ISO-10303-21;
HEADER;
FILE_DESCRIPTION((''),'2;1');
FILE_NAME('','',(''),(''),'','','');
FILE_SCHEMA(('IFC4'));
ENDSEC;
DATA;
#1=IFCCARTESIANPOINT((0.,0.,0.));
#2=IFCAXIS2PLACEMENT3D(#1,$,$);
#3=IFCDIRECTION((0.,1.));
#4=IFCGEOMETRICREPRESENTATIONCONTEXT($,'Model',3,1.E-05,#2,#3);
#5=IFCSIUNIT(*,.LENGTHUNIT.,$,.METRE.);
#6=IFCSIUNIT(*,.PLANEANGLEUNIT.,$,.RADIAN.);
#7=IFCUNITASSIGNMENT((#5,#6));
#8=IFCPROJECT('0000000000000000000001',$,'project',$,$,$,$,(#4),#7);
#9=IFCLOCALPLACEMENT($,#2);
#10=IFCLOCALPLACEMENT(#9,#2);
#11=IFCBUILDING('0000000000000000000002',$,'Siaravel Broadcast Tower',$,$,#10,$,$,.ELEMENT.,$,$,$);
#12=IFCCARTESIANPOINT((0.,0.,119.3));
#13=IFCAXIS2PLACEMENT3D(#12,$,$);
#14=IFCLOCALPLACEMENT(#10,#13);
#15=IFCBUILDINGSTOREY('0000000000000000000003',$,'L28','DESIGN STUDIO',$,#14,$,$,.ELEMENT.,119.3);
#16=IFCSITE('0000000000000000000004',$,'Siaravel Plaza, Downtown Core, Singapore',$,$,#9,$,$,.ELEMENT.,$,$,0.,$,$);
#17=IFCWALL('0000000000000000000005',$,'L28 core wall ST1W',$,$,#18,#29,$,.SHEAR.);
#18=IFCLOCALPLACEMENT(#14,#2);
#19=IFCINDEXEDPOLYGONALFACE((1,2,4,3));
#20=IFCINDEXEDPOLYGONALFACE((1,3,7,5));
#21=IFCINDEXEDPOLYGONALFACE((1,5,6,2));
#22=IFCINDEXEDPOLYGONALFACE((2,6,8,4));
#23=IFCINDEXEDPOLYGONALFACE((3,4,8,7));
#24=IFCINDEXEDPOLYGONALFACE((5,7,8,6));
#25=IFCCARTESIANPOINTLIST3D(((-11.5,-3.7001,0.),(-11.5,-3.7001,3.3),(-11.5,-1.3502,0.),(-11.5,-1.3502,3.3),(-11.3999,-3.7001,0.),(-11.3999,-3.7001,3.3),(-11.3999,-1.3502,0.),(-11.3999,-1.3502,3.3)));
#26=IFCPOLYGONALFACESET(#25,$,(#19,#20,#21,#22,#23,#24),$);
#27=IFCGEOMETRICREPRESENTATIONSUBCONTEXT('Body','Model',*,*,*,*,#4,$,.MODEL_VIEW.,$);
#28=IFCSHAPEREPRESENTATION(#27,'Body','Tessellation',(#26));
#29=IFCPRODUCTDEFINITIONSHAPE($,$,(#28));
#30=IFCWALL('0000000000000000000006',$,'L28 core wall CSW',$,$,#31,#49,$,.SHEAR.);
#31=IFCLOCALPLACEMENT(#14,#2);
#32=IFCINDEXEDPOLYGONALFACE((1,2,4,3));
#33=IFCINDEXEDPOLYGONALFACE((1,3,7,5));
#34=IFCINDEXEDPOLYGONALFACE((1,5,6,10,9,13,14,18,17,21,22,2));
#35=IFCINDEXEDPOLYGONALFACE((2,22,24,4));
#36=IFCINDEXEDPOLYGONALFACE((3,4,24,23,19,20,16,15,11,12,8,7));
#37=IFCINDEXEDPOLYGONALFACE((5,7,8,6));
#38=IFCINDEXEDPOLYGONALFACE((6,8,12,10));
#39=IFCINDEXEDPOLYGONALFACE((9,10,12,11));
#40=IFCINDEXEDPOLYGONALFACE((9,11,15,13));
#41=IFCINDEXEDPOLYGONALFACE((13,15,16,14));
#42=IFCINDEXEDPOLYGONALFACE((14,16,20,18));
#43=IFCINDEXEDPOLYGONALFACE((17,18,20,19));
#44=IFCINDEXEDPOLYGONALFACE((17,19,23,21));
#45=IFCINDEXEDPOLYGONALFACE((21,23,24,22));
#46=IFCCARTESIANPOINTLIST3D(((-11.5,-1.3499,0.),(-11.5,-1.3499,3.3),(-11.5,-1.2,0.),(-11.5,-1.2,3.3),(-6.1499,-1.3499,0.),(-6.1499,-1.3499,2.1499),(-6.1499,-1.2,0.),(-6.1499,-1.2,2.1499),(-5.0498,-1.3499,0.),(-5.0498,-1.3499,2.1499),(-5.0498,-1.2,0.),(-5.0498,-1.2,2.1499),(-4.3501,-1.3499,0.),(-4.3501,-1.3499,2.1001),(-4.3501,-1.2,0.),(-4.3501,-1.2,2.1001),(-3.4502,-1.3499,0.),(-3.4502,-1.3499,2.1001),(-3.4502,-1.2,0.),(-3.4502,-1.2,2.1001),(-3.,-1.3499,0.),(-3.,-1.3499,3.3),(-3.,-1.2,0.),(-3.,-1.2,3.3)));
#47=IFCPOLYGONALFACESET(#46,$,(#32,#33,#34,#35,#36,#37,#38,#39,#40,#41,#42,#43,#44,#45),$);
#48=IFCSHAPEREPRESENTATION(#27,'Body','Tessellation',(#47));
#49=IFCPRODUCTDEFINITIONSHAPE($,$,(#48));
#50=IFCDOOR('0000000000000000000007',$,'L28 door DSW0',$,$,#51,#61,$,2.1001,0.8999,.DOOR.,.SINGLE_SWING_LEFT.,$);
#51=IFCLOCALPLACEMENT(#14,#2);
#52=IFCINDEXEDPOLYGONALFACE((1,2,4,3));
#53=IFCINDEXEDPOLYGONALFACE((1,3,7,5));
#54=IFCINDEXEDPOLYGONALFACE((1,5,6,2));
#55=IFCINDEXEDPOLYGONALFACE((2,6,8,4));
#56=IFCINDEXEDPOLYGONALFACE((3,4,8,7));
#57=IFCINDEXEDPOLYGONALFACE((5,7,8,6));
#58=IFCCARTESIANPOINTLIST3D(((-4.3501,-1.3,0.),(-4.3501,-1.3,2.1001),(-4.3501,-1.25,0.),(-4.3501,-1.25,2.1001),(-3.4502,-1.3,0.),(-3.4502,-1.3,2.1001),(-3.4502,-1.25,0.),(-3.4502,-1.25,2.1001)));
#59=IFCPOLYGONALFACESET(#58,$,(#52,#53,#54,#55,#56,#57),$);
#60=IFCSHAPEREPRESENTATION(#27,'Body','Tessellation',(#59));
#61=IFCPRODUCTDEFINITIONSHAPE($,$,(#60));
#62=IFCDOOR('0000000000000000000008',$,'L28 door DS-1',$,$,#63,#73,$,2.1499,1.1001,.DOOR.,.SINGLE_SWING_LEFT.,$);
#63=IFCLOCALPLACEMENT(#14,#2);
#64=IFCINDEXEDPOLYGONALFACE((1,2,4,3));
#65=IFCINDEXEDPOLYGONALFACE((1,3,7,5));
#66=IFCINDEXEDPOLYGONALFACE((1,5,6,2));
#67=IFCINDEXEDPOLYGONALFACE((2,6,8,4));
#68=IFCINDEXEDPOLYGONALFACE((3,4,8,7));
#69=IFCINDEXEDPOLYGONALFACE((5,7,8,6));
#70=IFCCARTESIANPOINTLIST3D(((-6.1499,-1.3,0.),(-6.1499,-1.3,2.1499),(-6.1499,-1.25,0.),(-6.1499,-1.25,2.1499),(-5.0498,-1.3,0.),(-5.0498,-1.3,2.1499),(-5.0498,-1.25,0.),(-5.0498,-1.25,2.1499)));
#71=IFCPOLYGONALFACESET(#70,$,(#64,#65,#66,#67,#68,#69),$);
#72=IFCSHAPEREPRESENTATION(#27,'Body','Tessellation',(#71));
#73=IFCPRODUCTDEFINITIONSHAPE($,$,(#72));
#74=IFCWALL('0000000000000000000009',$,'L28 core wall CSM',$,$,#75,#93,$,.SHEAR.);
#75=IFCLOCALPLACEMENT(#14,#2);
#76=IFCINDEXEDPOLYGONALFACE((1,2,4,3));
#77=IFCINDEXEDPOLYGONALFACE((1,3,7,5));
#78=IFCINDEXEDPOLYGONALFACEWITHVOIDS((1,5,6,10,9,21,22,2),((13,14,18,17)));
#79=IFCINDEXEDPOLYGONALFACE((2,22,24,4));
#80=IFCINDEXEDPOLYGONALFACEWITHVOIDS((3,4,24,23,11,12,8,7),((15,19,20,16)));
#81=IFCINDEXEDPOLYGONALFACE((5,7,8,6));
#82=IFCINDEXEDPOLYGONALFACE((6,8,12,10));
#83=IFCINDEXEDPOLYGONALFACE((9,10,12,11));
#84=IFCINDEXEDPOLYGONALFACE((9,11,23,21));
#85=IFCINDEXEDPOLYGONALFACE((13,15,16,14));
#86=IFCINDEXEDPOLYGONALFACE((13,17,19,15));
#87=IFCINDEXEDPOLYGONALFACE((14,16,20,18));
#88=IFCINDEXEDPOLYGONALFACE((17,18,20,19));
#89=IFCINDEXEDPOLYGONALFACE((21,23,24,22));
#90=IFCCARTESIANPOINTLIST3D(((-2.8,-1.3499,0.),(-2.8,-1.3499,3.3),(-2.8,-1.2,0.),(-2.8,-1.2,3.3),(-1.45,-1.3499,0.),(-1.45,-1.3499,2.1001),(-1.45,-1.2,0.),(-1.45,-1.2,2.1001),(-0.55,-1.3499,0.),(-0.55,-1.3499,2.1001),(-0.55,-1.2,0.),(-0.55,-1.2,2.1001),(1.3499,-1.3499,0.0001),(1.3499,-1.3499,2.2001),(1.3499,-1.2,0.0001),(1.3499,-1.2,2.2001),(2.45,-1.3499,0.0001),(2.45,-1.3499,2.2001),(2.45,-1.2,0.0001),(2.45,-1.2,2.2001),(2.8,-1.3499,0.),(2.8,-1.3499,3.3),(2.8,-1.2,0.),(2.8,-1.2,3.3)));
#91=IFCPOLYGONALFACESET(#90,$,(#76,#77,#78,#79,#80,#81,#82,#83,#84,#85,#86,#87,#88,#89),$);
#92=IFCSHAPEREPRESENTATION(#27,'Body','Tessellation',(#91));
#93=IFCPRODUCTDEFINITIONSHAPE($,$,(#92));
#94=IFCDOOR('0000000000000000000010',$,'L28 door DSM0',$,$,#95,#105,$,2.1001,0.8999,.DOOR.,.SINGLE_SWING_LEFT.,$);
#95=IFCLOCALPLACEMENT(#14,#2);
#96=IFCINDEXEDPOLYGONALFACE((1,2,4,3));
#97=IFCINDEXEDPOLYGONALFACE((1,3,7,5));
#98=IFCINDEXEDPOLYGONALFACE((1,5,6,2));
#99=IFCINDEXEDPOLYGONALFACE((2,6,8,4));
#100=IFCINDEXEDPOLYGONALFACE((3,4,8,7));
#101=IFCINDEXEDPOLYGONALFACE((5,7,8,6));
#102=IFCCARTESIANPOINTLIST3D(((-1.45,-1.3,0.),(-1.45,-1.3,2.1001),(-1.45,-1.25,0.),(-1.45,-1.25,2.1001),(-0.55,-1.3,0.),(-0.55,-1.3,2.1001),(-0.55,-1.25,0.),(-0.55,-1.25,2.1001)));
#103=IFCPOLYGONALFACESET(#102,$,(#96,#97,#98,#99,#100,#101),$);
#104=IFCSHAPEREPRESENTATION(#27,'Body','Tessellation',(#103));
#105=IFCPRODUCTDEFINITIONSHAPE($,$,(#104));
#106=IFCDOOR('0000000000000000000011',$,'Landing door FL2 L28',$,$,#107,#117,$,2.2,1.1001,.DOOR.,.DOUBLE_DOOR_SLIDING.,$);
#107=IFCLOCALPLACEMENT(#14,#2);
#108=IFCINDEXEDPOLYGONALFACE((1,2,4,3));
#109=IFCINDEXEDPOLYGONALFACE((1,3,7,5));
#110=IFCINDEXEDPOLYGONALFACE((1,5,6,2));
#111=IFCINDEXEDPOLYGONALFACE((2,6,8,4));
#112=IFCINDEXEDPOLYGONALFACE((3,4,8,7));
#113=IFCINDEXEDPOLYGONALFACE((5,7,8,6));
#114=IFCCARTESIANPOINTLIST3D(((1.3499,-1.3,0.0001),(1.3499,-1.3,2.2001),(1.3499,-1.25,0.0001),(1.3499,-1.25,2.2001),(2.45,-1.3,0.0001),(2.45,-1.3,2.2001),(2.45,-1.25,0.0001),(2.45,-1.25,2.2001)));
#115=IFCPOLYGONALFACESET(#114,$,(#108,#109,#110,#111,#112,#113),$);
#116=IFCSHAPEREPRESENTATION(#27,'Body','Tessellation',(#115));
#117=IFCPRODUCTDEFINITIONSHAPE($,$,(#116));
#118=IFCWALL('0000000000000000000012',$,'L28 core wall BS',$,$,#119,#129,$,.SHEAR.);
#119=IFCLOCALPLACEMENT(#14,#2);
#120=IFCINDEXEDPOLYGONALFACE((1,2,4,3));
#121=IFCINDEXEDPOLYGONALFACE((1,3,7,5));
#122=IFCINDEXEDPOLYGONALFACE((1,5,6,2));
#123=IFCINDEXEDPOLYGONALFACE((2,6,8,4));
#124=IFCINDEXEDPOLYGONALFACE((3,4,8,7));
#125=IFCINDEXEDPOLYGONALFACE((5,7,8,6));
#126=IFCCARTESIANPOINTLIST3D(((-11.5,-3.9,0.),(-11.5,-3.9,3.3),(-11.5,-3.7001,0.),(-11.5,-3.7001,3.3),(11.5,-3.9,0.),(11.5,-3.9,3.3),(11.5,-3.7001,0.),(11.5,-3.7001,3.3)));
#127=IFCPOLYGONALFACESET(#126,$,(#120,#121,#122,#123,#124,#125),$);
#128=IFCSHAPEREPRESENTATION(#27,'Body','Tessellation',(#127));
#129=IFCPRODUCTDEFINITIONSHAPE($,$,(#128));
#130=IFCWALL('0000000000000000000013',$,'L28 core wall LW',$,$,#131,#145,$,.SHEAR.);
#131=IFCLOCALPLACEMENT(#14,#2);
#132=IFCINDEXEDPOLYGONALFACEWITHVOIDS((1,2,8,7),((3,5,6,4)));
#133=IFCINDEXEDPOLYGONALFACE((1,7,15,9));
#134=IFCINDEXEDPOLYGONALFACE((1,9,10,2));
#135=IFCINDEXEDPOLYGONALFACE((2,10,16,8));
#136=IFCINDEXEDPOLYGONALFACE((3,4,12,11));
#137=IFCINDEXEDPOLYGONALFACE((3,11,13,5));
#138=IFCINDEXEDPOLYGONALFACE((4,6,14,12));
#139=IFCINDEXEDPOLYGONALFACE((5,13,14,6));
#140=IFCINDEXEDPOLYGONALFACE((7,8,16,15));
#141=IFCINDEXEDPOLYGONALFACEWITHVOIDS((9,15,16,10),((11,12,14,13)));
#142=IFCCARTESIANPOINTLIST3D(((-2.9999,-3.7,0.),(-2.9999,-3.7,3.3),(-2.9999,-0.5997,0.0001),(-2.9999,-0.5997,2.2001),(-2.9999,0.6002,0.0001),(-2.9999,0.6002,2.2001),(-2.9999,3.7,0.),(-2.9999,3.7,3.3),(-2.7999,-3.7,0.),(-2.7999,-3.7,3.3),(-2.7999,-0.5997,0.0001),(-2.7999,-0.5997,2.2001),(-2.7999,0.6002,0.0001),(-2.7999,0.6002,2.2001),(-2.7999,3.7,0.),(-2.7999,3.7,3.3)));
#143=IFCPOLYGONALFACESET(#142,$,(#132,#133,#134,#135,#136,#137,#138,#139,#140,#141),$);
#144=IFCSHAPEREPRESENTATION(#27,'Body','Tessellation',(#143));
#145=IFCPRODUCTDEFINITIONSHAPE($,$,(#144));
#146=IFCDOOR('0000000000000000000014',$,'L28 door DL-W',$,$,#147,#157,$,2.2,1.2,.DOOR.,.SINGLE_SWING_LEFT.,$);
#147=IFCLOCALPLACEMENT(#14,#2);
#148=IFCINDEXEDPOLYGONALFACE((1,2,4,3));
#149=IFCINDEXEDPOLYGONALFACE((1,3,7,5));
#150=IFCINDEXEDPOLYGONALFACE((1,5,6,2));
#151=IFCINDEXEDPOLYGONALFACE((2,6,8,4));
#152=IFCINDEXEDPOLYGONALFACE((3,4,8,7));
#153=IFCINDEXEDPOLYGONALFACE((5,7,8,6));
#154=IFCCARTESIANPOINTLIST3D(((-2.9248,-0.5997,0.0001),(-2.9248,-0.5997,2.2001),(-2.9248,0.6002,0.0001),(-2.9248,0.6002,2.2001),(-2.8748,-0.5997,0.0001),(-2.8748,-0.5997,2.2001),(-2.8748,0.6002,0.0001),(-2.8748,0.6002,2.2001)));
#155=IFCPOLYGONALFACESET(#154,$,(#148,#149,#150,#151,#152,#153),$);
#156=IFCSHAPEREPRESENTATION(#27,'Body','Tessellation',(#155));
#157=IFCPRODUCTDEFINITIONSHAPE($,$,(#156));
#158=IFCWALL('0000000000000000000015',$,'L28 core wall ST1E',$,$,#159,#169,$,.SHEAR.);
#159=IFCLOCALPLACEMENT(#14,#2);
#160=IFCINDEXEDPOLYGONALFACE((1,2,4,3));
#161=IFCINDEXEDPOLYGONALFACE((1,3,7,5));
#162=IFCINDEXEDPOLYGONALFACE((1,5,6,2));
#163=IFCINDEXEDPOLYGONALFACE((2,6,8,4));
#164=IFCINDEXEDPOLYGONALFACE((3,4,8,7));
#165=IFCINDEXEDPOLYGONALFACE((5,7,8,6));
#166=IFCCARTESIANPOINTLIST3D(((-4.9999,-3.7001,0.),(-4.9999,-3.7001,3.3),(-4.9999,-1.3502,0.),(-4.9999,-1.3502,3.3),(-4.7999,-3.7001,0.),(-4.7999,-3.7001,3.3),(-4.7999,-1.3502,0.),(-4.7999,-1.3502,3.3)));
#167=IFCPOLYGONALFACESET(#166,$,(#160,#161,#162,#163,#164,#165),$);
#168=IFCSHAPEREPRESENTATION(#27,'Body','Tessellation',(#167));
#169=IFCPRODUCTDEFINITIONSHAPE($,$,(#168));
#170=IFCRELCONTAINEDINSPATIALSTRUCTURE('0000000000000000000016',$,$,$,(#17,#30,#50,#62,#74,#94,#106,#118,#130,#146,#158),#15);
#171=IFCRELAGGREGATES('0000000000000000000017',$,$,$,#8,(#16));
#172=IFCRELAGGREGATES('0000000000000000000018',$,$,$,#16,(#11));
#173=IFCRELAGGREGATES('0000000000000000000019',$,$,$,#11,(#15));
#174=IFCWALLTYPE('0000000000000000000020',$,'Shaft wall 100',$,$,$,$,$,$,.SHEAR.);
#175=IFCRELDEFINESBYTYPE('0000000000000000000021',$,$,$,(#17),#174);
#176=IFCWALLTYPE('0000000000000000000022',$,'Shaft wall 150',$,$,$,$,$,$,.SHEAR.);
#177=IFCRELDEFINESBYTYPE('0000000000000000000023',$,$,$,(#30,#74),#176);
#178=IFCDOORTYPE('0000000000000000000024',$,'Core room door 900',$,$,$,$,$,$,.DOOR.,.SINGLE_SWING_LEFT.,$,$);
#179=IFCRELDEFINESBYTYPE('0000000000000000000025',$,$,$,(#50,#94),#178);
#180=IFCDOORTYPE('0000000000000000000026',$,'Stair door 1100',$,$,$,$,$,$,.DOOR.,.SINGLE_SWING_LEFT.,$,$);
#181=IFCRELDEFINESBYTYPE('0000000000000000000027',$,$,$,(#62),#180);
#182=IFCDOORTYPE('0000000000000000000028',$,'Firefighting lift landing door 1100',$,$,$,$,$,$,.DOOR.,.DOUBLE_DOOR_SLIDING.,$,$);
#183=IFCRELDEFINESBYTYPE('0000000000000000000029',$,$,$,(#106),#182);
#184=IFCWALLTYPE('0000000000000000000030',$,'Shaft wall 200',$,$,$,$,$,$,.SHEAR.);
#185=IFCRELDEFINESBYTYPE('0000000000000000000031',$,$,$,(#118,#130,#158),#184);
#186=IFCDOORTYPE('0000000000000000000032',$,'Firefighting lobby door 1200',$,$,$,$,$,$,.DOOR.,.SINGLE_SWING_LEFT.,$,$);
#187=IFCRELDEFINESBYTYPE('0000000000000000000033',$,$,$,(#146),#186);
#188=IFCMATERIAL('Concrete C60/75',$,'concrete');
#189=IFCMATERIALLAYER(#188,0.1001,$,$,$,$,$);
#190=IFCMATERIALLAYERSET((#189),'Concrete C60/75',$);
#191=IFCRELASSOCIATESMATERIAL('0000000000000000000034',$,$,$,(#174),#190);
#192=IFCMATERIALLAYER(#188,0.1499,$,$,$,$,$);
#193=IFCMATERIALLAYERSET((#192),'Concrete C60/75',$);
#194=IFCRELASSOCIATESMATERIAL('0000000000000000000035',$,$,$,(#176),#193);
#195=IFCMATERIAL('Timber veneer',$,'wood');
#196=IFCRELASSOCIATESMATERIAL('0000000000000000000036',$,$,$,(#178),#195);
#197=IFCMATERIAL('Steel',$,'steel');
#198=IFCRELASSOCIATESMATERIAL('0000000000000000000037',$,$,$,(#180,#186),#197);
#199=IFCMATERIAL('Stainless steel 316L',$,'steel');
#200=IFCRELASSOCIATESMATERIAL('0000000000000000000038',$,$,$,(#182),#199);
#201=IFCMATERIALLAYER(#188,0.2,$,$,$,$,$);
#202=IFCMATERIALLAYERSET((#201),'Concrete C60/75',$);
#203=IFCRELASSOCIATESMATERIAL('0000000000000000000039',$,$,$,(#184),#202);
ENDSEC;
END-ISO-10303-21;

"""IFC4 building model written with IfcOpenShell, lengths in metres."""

from ifc_helpers import new_model, si_unit, direction, frame, frame_2d, origin, place, context, subcontext, project, spatial, rectangle, extrude, material, layer, layer_set, type_object, element, fill, save


model = new_model("IFC4")

# Units and contexts
model_context = context("Model", 3, precision=1e-05, world=origin(), true_north=direction((0.0, 1.0)))
body_context = subcontext(model_context, "Body", "Model", "MODEL_VIEW")
ifc_project = project(units=[si_unit("LENGTHUNIT", "METRE"), si_unit("PLANEANGLEUNIT", "RADIAN")], contexts=[model_context])

# Site, building, storey
site_placement = place(None, origin())
site = spatial("IfcSite", under=ifc_project, at=site_placement, Name="Siaravel Plaza, Downtown Core, Singapore", CompositionType="ELEMENT", RefElevation=0.0)
building_placement = place(site_placement, origin())
building = spatial("IfcBuilding", under=site, at=building_placement, Name="Siaravel Broadcast Tower", CompositionType="ELEMENT")
storey_placement = place(building_placement, frame((0.0, 0.0, 119.3)))
storey = spatial("IfcBuildingStorey", under=building, at=storey_placement, Name="L28", Description="DESIGN STUDIO", CompositionType="ELEMENT", Elevation=119.3)

# Wall
ifc_material_1 = material(Name="Concrete C60/75", Category="concrete")
ifc_layer_1 = layer(ifc_material_1, 0.1001)
ifc_layer_set_1 = layer_set([ifc_layer_1], Name="Concrete C60/75")
wall_type_1 = type_object("IfcWallType", Name="Shaft wall 100", PredefinedType="SHEAR", material=ifc_layer_set_1)
wall_1_placement = place(storey_placement, frame((-11.45, -3.7, 0.0), z_axis=(0.0, 0.0, 1.0), x_axis=(0.0, 1.0, 0.0)))
element("IfcWall", 1, at=wall_1_placement, inside=storey, type_object=wall_type_1, Name="L28 core wall ST1W", PredefinedType="SHEAR", context=body_context, shape_type="SweptSolid", body=[
    extrude(rectangle(XDim=2.3499, YDim=0.1001, at=frame_2d((1.1748, 0.0))), origin(), (0.0, 0.0, 1.0), 3.3),
])

# Walls, openings, doors
ifc_layer_2 = layer(ifc_material_1, 0.1499)
ifc_layer_set_2 = layer_set([ifc_layer_2], Name="Concrete C60/75")
wall_type_2 = type_object("IfcWallType", Name="Shaft wall 150", PredefinedType="SHEAR", material=ifc_layer_set_2)
wall_2_placement = place(storey_placement, frame((-11.5, -1.2749, 0.0), z_axis=(0.0, 0.0, 1.0), x_axis=(1.0, 0.0, 0.0)))
wall_2 = element("IfcWall", 2, at=wall_2_placement, inside=storey, type_object=wall_type_2, Name="L28 core wall CSW", PredefinedType="SHEAR", context=body_context, shape_type="SweptSolid", body=[
    extrude(rectangle(XDim=8.5, YDim=0.1499, at=frame_2d((4.25, 0.0))), origin(), (0.0, 0.0, 1.0), 3.3),
])
opening_1_placement = place(wall_2_placement, frame((5.3501, 0.0, 0.0)))
opening_1 = element("IfcOpeningElement", 3, at=opening_1_placement, cuts=wall_2, PredefinedType="OPENING", context=body_context, shape_type="SweptSolid", body=[
    extrude(rectangle(XDim=1.1001, YDim=2.1499, at=frame_2d((0.55, 1.075))), frame((0.0, 0.085, 0.0), z_axis=(0.0, -1.0, 0.0), x_axis=(1.0, 0.0, 0.0)), (0.0, 0.0, 1.0), 0.1699),
])
opening_2_placement = place(wall_2_placement, frame((7.1499, 0.0, 0.0)))
opening_2 = element("IfcOpeningElement", 4, at=opening_2_placement, cuts=wall_2, PredefinedType="OPENING", context=body_context, shape_type="SweptSolid", body=[
    extrude(rectangle(XDim=0.8999, YDim=2.1001, at=frame_2d((0.45, 1.05))), frame((0.0, 0.085, 0.0), z_axis=(0.0, -1.0, 0.0), x_axis=(1.0, 0.0, 0.0)), (0.0, 0.0, 1.0), 0.1699),
])
ifc_material_2 = material(Name="Timber veneer", Category="wood")
door_type_1 = type_object("IfcDoorType", Name="Core room door 900", OperationType="SINGLE_SWING_LEFT", PredefinedType="DOOR", material=ifc_material_2)
door_1_placement = place(opening_2_placement, origin())
door_1 = element("IfcDoor", 5, at=door_1_placement, inside=storey, type_object=door_type_1, Name="L28 door DSW0", OperationType="SINGLE_SWING_LEFT", OverallHeight=2.1001, OverallWidth=0.8999, PredefinedType="DOOR", context=body_context, shape_type="SweptSolid", body=[
    extrude(rectangle(XDim=0.8999, YDim=2.1001, at=frame_2d((0.45, 1.05))), frame((0.0, 0.0249, 0.0), z_axis=(0.0, -1.0, 0.0), x_axis=(1.0, 0.0, 0.0)), (0.0, 0.0, 1.0), 0.05),
])
fill(opening_2, door_1)
ifc_material_3 = material(Name="Steel", Category="steel")
door_type_2 = type_object("IfcDoorType", Name="Stair door 1100", OperationType="SINGLE_SWING_LEFT", PredefinedType="DOOR", material=ifc_material_3)
door_2_placement = place(opening_1_placement, origin())
door_2 = element("IfcDoor", 6, at=door_2_placement, inside=storey, type_object=door_type_2, Name="L28 door DS-1", OperationType="SINGLE_SWING_LEFT", OverallHeight=2.1499, OverallWidth=1.1001, PredefinedType="DOOR", context=body_context, shape_type="SweptSolid", body=[
    extrude(rectangle(XDim=1.1001, YDim=2.1499, at=frame_2d((0.55, 1.075))), frame((0.0, 0.0249, 0.0), z_axis=(0.0, -1.0, 0.0), x_axis=(1.0, 0.0, 0.0)), (0.0, 0.0, 1.0), 0.05),
])
fill(opening_1, door_2)
wall_3_placement = place(storey_placement, frame((-2.8, -1.2749, 0.0), z_axis=(0.0, 0.0, 1.0), x_axis=(1.0, 0.0, 0.0)))
wall_3 = element("IfcWall", 7, at=wall_3_placement, inside=storey, type_object=wall_type_2, Name="L28 core wall CSM", PredefinedType="SHEAR", context=body_context, shape_type="SweptSolid", body=[
    extrude(rectangle(XDim=5.6001, YDim=0.1499, at=frame_2d((2.8, 0.0))), origin(), (0.0, 0.0, 1.0), 3.3),
])
opening_3_placement = place(wall_3_placement, frame((4.1499, 0.0, 0.0)))
opening_3 = element("IfcOpeningElement", 8, at=opening_3_placement, cuts=wall_3, PredefinedType="OPENING", context=body_context, shape_type="SweptSolid", body=[
    extrude(rectangle(XDim=1.1001, YDim=2.2, at=frame_2d((0.55, 1.1001))), frame((0.0, 0.085, 0.0), z_axis=(0.0, -1.0, 0.0), x_axis=(1.0, 0.0, 0.0)), (0.0, 0.0, 1.0), 0.1699),
])
opening_4_placement = place(wall_3_placement, frame((1.3501, 0.0, 0.0)))
opening_4 = element("IfcOpeningElement", 9, at=opening_4_placement, cuts=wall_3, PredefinedType="OPENING", context=body_context, shape_type="SweptSolid", body=[
    extrude(rectangle(XDim=0.8999, YDim=2.1001, at=frame_2d((0.45, 1.05))), frame((0.0, 0.085, 0.0), z_axis=(0.0, -1.0, 0.0), x_axis=(1.0, 0.0, 0.0)), (0.0, 0.0, 1.0), 0.1699),
])
door_3_placement = place(opening_4_placement, origin())
door_3 = element("IfcDoor", 10, at=door_3_placement, inside=storey, type_object=door_type_1, Name="L28 door DSM0", OperationType="SINGLE_SWING_LEFT", OverallHeight=2.1001, OverallWidth=0.8999, PredefinedType="DOOR", context=body_context, shape_type="SweptSolid", body=[
    extrude(rectangle(XDim=0.8999, YDim=2.1001, at=frame_2d((0.45, 1.05))), frame((0.0, 0.0249, 0.0), z_axis=(0.0, -1.0, 0.0), x_axis=(1.0, 0.0, 0.0)), (0.0, 0.0, 1.0), 0.05),
])
fill(opening_4, door_3)
ifc_material_4 = material(Name="Stainless steel 316L", Category="steel")
door_type_3 = type_object("IfcDoorType", Name="Firefighting lift landing door 1100", OperationType="DOUBLE_DOOR_SLIDING", PredefinedType="DOOR", material=ifc_material_4)
door_4_placement = place(opening_3_placement, origin())
door_4 = element("IfcDoor", 11, at=door_4_placement, inside=storey, type_object=door_type_3, Name="Landing door FL2 L28", OperationType="DOUBLE_DOOR_SLIDING", OverallHeight=2.2, OverallWidth=1.1001, PredefinedType="DOOR", context=body_context, shape_type="SweptSolid", body=[
    extrude(rectangle(XDim=1.1001, YDim=2.2, at=frame_2d((0.55, 1.1001))), frame((0.0, 0.0249, 0.0), z_axis=(0.0, -1.0, 0.0), x_axis=(1.0, 0.0, 0.0)), (0.0, 0.0, 1.0), 0.05),
])
fill(opening_3, door_4)

# Wall
ifc_layer_3 = layer(ifc_material_1, 0.2)
ifc_layer_set_3 = layer_set([ifc_layer_3], Name="Concrete C60/75")
wall_type_3 = type_object("IfcWallType", Name="Shaft wall 200", PredefinedType="SHEAR", material=ifc_layer_set_3)
wall_4_placement = place(storey_placement, frame((-11.5, -3.8, 0.0), z_axis=(0.0, 0.0, 1.0), x_axis=(1.0, 0.0, 0.0)))
element("IfcWall", 12, at=wall_4_placement, inside=storey, type_object=wall_type_3, Name="L28 core wall BS", PredefinedType="SHEAR", context=body_context, shape_type="SweptSolid", body=[
    extrude(rectangle(XDim=23.0, YDim=0.2, at=frame_2d((11.5, 0.0))), origin(), (0.0, 0.0, 1.0), 3.3),
])

# Wall, opening, door
wall_5_placement = place(storey_placement, frame((-2.8999, -3.7, 0.0), z_axis=(0.0, 0.0, 1.0), x_axis=(0.0, 1.0, 0.0)))
wall_5 = element("IfcWall", 13, at=wall_5_placement, inside=storey, type_object=wall_type_3, Name="L28 core wall LW", PredefinedType="SHEAR", context=body_context, shape_type="SweptSolid", body=[
    extrude(rectangle(XDim=7.3999, YDim=0.2, at=frame_2d((3.7, 0.0))), origin(), (0.0, 0.0, 1.0), 3.3),
])
opening_5_placement = place(wall_5_placement, frame((3.1001, 0.0, 0.0)))
opening_5 = element("IfcOpeningElement", 14, at=opening_5_placement, cuts=wall_5, PredefinedType="OPENING", context=body_context, shape_type="SweptSolid", body=[
    extrude(rectangle(XDim=1.2, YDim=2.2, at=frame_2d((0.6001, 1.1001))), frame((0.0, 0.1099, 0.0), z_axis=(0.0, -1.0, 0.0), x_axis=(1.0, 0.0, 0.0)), (0.0, 0.0, 1.0), 0.22),
])
door_type_4 = type_object("IfcDoorType", Name="Firefighting lobby door 1200", OperationType="SINGLE_SWING_LEFT", PredefinedType="DOOR", material=ifc_material_3)
door_5_placement = place(opening_5_placement, origin())
door_5 = element("IfcDoor", 15, at=door_5_placement, inside=storey, type_object=door_type_4, Name="L28 door DL-W", OperationType="SINGLE_SWING_LEFT", OverallHeight=2.2, OverallWidth=1.2, PredefinedType="DOOR", context=body_context, shape_type="SweptSolid", body=[
    extrude(rectangle(XDim=1.2, YDim=2.2, at=frame_2d((0.6001, 1.1001))), frame((0.0, 0.0249, 0.0), z_axis=(0.0, -1.0, 0.0), x_axis=(1.0, 0.0, 0.0)), (0.0, 0.0, 1.0), 0.05),
])
fill(opening_5, door_5)

# Wall
wall_6_placement = place(storey_placement, frame((-4.8999, -3.7, 0.0), z_axis=(0.0, 0.0, 1.0), x_axis=(0.0, 1.0, 0.0)))
element("IfcWall", 16, at=wall_6_placement, inside=storey, type_object=wall_type_3, Name="L28 core wall ST1E", PredefinedType="SHEAR", context=body_context, shape_type="SweptSolid", body=[
    extrude(rectangle(XDim=2.3499, YDim=0.2, at=frame_2d((1.1748, 0.0))), origin(), (0.0, 0.0, 1.0), 3.3),
])

save(model, "model.ifc")
